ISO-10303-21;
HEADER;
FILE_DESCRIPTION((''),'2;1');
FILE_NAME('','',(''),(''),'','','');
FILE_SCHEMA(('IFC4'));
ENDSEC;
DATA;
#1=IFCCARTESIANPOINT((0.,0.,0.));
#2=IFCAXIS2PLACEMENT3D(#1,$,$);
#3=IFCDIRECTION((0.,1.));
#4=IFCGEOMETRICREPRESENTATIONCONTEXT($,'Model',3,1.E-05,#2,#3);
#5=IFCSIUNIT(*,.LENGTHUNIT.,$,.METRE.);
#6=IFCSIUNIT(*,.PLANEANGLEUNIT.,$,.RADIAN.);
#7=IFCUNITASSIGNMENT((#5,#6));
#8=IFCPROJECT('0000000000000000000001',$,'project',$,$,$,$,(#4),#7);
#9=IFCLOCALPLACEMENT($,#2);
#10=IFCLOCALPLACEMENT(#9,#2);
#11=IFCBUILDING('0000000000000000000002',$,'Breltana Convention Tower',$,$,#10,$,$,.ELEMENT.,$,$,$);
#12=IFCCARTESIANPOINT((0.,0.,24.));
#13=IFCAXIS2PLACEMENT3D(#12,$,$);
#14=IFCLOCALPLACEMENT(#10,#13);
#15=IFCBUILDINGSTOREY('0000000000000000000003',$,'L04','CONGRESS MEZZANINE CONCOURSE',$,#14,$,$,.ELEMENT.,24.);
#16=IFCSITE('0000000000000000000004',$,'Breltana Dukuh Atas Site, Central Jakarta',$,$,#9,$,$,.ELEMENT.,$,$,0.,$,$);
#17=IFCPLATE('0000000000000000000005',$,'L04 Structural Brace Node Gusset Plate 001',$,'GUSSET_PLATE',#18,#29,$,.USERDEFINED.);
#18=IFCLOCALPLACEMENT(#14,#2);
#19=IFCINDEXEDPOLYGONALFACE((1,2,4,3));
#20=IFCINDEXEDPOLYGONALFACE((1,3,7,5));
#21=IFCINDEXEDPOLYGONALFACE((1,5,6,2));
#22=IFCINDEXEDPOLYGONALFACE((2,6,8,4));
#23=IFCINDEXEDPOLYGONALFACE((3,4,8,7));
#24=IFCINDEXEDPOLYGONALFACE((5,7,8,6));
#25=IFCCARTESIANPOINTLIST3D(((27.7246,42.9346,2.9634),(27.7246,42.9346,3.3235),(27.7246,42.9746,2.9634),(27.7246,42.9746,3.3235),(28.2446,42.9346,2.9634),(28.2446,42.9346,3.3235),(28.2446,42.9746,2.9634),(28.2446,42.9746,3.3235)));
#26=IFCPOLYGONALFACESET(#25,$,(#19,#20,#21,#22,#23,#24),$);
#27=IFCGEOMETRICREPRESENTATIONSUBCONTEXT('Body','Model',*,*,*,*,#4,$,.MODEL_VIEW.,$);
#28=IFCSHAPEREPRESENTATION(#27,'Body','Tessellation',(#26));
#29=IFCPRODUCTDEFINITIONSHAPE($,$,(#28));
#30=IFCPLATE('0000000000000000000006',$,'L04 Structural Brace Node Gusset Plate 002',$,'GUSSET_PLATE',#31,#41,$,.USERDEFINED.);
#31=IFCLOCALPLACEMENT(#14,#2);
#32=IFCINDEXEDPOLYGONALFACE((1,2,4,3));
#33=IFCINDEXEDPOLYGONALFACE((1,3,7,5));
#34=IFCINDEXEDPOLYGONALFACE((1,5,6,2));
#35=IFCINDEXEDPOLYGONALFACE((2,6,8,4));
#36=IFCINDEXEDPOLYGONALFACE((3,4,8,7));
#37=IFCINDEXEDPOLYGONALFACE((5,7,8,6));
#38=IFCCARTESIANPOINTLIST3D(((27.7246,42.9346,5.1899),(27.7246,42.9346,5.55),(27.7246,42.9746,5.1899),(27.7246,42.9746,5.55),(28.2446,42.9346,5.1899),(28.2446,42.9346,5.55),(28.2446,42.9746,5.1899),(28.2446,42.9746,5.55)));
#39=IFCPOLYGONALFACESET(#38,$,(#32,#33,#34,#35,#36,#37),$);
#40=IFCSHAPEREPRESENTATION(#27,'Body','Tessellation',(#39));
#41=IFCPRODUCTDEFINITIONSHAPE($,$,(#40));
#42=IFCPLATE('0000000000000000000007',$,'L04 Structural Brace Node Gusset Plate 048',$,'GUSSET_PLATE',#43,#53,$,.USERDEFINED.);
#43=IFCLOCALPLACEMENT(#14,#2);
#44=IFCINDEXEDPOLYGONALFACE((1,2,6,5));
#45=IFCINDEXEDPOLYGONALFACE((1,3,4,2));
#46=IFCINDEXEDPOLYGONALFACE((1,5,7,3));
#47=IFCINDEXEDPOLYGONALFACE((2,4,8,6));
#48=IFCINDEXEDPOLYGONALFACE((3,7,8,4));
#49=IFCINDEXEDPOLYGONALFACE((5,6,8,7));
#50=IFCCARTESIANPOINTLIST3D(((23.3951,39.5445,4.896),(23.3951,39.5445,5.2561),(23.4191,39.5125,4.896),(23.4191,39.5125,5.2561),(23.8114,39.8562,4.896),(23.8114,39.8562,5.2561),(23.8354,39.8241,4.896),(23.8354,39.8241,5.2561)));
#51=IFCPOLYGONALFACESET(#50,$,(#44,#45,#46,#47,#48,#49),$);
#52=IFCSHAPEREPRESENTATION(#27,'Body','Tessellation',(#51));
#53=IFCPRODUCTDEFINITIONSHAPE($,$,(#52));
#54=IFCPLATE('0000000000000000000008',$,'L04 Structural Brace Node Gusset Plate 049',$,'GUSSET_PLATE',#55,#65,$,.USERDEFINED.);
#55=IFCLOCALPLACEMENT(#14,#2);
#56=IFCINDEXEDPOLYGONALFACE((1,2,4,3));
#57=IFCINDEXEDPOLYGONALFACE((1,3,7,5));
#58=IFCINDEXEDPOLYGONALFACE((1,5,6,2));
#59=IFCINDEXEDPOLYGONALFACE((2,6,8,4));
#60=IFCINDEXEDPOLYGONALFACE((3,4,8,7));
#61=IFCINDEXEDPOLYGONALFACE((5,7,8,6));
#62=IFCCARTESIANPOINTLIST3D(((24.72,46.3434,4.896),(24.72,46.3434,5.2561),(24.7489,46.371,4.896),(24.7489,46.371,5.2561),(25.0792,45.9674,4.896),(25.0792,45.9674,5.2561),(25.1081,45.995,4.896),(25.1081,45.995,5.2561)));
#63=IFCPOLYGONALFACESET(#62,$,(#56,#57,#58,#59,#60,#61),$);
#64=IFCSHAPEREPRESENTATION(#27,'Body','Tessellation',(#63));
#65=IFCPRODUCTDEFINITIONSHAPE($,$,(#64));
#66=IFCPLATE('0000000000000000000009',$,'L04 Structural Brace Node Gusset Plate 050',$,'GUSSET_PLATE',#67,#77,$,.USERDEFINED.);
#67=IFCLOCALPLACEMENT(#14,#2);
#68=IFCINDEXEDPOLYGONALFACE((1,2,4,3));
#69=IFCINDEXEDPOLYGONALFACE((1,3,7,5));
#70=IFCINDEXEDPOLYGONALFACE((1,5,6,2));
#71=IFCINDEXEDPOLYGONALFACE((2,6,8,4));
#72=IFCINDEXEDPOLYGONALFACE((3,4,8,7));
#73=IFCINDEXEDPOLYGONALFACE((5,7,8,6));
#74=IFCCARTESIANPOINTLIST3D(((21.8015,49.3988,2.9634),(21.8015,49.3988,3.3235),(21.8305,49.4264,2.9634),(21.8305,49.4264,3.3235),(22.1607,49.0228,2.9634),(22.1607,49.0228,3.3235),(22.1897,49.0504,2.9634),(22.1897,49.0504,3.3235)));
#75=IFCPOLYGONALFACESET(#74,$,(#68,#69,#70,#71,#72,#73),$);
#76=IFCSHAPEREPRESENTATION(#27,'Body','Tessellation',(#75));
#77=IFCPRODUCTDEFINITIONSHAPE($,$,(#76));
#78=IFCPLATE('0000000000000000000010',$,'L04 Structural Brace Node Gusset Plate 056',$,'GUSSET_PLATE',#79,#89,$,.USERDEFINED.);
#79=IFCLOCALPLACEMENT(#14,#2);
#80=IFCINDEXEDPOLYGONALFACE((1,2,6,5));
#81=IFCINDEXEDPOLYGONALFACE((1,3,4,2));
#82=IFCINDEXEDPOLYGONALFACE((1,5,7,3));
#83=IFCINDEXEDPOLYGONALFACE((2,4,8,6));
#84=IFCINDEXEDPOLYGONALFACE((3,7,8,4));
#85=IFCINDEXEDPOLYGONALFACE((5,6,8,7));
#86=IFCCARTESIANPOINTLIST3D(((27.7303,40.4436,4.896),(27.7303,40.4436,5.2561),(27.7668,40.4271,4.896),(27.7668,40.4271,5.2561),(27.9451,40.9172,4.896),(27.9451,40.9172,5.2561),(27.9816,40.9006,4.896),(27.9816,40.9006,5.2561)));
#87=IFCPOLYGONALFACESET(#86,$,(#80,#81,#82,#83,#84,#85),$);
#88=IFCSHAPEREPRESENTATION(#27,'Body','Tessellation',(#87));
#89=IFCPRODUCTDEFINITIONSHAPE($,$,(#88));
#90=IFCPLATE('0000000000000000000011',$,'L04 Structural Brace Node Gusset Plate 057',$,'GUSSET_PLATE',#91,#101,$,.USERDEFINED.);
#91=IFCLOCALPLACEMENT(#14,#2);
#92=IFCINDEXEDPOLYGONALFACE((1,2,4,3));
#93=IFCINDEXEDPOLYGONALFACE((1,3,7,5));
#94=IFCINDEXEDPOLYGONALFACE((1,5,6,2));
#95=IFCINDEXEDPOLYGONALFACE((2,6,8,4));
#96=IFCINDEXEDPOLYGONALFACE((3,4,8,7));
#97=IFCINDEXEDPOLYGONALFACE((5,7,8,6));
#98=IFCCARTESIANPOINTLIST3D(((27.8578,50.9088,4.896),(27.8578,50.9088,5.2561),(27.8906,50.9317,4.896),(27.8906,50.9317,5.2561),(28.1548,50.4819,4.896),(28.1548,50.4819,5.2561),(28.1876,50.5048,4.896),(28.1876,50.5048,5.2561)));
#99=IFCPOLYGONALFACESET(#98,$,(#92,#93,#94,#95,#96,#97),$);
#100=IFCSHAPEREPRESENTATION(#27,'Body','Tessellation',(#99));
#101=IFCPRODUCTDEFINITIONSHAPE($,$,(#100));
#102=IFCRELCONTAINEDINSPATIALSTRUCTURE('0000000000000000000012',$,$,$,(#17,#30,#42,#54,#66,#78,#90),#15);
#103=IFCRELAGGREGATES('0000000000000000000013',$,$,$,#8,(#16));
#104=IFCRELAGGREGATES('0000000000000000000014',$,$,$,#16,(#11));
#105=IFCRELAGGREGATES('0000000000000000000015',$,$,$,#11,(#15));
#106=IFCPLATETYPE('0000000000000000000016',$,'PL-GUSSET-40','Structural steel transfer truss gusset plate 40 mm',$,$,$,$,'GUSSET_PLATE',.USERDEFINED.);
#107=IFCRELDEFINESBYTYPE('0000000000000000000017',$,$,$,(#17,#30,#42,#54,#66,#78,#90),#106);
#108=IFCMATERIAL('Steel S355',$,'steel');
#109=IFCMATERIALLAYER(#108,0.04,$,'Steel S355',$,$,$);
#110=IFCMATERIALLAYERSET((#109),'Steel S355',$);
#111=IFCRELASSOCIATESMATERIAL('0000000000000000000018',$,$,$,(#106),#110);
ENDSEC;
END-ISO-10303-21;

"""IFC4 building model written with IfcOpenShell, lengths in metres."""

from ifc_helpers import new_model, si_unit, direction, frame, origin, origin_2d, place, context, subcontext, project, spatial, rectangle, extrude, source, transform, mapped, material, layer, layer_set, type_object, element, save


model = new_model("IFC4")

# Units and contexts
model_context = context("Model", 3, precision=1e-05, world=origin(), true_north=direction((0.0, 1.0)))
body_context = subcontext(model_context, "Body", "Model", "MODEL_VIEW")
ifc_project = project(units=[si_unit("LENGTHUNIT", "METRE"), si_unit("PLANEANGLEUNIT", "RADIAN")], contexts=[model_context])

# Site, building, storey
site_placement = place(None, origin())
site = spatial("IfcSite", under=ifc_project, at=site_placement, Name="Breltana Dukuh Atas Site, Central Jakarta", CompositionType="ELEMENT", RefElevation=0.0)
building_placement = place(site_placement, origin())
building = spatial("IfcBuilding", under=site, at=building_placement, Name="Breltana Convention Tower", CompositionType="ELEMENT")
storey_placement = place(building_placement, frame((0.0, 0.0, 24.0)))
storey = spatial("IfcBuildingStorey", under=building, at=storey_placement, Name="L04", Description="CONGRESS MEZZANINE CONCOURSE", CompositionType="ELEMENT", Elevation=24.0)

# Plates
ifc_material_1 = material(Name="Steel S355", Category="steel")
ifc_layer = layer(ifc_material_1, 0.04, Name="Steel S355")
ifc_layer_set = layer_set([ifc_layer], Name="Steel S355")
plate_type = type_object("IfcPlateType", Name="PL-GUSSET-40", Description="Structural steel transfer truss gusset plate 40 mm", ElementType="GUSSET_PLATE", PredefinedType="USERDEFINED", material=ifc_layer_set)
shared_shape_1 = source(origin(), body_context, "Body", "SweptSolid", [
    extrude(rectangle(XDim=0.52, YDim=0.04, at=origin_2d()), origin(), (0.0, 0.0, 1.0), 0.3601),
])
for number, where, z_axis, x_axis, name in (
    (1, (27.9846, 42.9546, 2.9634), (0.0, 0.0, 1.0), (1.0, 0.0, 0.0), "L04 Structural Brace Node Gusset Plate 001"),
    (2, (27.9846, 42.9546, 5.1899), (0.0, 0.0, 1.0), (1.0, 0.0, 0.0), "L04 Structural Brace Node Gusset Plate 002"),
    (3, (23.6152, 39.6843, 4.896), (0.0, 0.0, 1.0), (0.800522, 0.599303, 0.0), "L04 Structural Brace Node Gusset Plate 048"),
    (4, (24.9141, 46.1692, 4.896), (0.0, 0.0, 1.0), (-0.690756, 0.723088, 0.0), "L04 Structural Brace Node Gusset Plate 049"),
    (5, (21.9956, 49.2246, 2.9634), (0.0, 0.0, 1.0), (-0.690756, 0.723088, 0.0), "L04 Structural Brace Node Gusset Plate 050"),
    (6, (27.856, 40.6721, 4.896), (0.0, 0.0, 1.0), (0.413104, 0.910684, 0.0), "L04 Structural Brace Node Gusset Plate 056"),
    (7, (28.0227, 50.7068, 4.896), (0.0, 0.0, 1.0), (-0.571143, 0.82085, 0.0), "L04 Structural Brace Node Gusset Plate 057"),
):
    element("IfcPlate", number, at=place(storey_placement, frame(where, z_axis=z_axis, x_axis=x_axis)), inside=storey, type_object=plate_type, Name=name, ObjectType="GUSSET_PLATE", PredefinedType="USERDEFINED", context=body_context, shape_type="MappedRepresentation", body=[
        mapped(shared_shape_1, transform((0.0, 0.0, 0.0), scale=1.0)),
    ])

save(model, "model.ifc")
